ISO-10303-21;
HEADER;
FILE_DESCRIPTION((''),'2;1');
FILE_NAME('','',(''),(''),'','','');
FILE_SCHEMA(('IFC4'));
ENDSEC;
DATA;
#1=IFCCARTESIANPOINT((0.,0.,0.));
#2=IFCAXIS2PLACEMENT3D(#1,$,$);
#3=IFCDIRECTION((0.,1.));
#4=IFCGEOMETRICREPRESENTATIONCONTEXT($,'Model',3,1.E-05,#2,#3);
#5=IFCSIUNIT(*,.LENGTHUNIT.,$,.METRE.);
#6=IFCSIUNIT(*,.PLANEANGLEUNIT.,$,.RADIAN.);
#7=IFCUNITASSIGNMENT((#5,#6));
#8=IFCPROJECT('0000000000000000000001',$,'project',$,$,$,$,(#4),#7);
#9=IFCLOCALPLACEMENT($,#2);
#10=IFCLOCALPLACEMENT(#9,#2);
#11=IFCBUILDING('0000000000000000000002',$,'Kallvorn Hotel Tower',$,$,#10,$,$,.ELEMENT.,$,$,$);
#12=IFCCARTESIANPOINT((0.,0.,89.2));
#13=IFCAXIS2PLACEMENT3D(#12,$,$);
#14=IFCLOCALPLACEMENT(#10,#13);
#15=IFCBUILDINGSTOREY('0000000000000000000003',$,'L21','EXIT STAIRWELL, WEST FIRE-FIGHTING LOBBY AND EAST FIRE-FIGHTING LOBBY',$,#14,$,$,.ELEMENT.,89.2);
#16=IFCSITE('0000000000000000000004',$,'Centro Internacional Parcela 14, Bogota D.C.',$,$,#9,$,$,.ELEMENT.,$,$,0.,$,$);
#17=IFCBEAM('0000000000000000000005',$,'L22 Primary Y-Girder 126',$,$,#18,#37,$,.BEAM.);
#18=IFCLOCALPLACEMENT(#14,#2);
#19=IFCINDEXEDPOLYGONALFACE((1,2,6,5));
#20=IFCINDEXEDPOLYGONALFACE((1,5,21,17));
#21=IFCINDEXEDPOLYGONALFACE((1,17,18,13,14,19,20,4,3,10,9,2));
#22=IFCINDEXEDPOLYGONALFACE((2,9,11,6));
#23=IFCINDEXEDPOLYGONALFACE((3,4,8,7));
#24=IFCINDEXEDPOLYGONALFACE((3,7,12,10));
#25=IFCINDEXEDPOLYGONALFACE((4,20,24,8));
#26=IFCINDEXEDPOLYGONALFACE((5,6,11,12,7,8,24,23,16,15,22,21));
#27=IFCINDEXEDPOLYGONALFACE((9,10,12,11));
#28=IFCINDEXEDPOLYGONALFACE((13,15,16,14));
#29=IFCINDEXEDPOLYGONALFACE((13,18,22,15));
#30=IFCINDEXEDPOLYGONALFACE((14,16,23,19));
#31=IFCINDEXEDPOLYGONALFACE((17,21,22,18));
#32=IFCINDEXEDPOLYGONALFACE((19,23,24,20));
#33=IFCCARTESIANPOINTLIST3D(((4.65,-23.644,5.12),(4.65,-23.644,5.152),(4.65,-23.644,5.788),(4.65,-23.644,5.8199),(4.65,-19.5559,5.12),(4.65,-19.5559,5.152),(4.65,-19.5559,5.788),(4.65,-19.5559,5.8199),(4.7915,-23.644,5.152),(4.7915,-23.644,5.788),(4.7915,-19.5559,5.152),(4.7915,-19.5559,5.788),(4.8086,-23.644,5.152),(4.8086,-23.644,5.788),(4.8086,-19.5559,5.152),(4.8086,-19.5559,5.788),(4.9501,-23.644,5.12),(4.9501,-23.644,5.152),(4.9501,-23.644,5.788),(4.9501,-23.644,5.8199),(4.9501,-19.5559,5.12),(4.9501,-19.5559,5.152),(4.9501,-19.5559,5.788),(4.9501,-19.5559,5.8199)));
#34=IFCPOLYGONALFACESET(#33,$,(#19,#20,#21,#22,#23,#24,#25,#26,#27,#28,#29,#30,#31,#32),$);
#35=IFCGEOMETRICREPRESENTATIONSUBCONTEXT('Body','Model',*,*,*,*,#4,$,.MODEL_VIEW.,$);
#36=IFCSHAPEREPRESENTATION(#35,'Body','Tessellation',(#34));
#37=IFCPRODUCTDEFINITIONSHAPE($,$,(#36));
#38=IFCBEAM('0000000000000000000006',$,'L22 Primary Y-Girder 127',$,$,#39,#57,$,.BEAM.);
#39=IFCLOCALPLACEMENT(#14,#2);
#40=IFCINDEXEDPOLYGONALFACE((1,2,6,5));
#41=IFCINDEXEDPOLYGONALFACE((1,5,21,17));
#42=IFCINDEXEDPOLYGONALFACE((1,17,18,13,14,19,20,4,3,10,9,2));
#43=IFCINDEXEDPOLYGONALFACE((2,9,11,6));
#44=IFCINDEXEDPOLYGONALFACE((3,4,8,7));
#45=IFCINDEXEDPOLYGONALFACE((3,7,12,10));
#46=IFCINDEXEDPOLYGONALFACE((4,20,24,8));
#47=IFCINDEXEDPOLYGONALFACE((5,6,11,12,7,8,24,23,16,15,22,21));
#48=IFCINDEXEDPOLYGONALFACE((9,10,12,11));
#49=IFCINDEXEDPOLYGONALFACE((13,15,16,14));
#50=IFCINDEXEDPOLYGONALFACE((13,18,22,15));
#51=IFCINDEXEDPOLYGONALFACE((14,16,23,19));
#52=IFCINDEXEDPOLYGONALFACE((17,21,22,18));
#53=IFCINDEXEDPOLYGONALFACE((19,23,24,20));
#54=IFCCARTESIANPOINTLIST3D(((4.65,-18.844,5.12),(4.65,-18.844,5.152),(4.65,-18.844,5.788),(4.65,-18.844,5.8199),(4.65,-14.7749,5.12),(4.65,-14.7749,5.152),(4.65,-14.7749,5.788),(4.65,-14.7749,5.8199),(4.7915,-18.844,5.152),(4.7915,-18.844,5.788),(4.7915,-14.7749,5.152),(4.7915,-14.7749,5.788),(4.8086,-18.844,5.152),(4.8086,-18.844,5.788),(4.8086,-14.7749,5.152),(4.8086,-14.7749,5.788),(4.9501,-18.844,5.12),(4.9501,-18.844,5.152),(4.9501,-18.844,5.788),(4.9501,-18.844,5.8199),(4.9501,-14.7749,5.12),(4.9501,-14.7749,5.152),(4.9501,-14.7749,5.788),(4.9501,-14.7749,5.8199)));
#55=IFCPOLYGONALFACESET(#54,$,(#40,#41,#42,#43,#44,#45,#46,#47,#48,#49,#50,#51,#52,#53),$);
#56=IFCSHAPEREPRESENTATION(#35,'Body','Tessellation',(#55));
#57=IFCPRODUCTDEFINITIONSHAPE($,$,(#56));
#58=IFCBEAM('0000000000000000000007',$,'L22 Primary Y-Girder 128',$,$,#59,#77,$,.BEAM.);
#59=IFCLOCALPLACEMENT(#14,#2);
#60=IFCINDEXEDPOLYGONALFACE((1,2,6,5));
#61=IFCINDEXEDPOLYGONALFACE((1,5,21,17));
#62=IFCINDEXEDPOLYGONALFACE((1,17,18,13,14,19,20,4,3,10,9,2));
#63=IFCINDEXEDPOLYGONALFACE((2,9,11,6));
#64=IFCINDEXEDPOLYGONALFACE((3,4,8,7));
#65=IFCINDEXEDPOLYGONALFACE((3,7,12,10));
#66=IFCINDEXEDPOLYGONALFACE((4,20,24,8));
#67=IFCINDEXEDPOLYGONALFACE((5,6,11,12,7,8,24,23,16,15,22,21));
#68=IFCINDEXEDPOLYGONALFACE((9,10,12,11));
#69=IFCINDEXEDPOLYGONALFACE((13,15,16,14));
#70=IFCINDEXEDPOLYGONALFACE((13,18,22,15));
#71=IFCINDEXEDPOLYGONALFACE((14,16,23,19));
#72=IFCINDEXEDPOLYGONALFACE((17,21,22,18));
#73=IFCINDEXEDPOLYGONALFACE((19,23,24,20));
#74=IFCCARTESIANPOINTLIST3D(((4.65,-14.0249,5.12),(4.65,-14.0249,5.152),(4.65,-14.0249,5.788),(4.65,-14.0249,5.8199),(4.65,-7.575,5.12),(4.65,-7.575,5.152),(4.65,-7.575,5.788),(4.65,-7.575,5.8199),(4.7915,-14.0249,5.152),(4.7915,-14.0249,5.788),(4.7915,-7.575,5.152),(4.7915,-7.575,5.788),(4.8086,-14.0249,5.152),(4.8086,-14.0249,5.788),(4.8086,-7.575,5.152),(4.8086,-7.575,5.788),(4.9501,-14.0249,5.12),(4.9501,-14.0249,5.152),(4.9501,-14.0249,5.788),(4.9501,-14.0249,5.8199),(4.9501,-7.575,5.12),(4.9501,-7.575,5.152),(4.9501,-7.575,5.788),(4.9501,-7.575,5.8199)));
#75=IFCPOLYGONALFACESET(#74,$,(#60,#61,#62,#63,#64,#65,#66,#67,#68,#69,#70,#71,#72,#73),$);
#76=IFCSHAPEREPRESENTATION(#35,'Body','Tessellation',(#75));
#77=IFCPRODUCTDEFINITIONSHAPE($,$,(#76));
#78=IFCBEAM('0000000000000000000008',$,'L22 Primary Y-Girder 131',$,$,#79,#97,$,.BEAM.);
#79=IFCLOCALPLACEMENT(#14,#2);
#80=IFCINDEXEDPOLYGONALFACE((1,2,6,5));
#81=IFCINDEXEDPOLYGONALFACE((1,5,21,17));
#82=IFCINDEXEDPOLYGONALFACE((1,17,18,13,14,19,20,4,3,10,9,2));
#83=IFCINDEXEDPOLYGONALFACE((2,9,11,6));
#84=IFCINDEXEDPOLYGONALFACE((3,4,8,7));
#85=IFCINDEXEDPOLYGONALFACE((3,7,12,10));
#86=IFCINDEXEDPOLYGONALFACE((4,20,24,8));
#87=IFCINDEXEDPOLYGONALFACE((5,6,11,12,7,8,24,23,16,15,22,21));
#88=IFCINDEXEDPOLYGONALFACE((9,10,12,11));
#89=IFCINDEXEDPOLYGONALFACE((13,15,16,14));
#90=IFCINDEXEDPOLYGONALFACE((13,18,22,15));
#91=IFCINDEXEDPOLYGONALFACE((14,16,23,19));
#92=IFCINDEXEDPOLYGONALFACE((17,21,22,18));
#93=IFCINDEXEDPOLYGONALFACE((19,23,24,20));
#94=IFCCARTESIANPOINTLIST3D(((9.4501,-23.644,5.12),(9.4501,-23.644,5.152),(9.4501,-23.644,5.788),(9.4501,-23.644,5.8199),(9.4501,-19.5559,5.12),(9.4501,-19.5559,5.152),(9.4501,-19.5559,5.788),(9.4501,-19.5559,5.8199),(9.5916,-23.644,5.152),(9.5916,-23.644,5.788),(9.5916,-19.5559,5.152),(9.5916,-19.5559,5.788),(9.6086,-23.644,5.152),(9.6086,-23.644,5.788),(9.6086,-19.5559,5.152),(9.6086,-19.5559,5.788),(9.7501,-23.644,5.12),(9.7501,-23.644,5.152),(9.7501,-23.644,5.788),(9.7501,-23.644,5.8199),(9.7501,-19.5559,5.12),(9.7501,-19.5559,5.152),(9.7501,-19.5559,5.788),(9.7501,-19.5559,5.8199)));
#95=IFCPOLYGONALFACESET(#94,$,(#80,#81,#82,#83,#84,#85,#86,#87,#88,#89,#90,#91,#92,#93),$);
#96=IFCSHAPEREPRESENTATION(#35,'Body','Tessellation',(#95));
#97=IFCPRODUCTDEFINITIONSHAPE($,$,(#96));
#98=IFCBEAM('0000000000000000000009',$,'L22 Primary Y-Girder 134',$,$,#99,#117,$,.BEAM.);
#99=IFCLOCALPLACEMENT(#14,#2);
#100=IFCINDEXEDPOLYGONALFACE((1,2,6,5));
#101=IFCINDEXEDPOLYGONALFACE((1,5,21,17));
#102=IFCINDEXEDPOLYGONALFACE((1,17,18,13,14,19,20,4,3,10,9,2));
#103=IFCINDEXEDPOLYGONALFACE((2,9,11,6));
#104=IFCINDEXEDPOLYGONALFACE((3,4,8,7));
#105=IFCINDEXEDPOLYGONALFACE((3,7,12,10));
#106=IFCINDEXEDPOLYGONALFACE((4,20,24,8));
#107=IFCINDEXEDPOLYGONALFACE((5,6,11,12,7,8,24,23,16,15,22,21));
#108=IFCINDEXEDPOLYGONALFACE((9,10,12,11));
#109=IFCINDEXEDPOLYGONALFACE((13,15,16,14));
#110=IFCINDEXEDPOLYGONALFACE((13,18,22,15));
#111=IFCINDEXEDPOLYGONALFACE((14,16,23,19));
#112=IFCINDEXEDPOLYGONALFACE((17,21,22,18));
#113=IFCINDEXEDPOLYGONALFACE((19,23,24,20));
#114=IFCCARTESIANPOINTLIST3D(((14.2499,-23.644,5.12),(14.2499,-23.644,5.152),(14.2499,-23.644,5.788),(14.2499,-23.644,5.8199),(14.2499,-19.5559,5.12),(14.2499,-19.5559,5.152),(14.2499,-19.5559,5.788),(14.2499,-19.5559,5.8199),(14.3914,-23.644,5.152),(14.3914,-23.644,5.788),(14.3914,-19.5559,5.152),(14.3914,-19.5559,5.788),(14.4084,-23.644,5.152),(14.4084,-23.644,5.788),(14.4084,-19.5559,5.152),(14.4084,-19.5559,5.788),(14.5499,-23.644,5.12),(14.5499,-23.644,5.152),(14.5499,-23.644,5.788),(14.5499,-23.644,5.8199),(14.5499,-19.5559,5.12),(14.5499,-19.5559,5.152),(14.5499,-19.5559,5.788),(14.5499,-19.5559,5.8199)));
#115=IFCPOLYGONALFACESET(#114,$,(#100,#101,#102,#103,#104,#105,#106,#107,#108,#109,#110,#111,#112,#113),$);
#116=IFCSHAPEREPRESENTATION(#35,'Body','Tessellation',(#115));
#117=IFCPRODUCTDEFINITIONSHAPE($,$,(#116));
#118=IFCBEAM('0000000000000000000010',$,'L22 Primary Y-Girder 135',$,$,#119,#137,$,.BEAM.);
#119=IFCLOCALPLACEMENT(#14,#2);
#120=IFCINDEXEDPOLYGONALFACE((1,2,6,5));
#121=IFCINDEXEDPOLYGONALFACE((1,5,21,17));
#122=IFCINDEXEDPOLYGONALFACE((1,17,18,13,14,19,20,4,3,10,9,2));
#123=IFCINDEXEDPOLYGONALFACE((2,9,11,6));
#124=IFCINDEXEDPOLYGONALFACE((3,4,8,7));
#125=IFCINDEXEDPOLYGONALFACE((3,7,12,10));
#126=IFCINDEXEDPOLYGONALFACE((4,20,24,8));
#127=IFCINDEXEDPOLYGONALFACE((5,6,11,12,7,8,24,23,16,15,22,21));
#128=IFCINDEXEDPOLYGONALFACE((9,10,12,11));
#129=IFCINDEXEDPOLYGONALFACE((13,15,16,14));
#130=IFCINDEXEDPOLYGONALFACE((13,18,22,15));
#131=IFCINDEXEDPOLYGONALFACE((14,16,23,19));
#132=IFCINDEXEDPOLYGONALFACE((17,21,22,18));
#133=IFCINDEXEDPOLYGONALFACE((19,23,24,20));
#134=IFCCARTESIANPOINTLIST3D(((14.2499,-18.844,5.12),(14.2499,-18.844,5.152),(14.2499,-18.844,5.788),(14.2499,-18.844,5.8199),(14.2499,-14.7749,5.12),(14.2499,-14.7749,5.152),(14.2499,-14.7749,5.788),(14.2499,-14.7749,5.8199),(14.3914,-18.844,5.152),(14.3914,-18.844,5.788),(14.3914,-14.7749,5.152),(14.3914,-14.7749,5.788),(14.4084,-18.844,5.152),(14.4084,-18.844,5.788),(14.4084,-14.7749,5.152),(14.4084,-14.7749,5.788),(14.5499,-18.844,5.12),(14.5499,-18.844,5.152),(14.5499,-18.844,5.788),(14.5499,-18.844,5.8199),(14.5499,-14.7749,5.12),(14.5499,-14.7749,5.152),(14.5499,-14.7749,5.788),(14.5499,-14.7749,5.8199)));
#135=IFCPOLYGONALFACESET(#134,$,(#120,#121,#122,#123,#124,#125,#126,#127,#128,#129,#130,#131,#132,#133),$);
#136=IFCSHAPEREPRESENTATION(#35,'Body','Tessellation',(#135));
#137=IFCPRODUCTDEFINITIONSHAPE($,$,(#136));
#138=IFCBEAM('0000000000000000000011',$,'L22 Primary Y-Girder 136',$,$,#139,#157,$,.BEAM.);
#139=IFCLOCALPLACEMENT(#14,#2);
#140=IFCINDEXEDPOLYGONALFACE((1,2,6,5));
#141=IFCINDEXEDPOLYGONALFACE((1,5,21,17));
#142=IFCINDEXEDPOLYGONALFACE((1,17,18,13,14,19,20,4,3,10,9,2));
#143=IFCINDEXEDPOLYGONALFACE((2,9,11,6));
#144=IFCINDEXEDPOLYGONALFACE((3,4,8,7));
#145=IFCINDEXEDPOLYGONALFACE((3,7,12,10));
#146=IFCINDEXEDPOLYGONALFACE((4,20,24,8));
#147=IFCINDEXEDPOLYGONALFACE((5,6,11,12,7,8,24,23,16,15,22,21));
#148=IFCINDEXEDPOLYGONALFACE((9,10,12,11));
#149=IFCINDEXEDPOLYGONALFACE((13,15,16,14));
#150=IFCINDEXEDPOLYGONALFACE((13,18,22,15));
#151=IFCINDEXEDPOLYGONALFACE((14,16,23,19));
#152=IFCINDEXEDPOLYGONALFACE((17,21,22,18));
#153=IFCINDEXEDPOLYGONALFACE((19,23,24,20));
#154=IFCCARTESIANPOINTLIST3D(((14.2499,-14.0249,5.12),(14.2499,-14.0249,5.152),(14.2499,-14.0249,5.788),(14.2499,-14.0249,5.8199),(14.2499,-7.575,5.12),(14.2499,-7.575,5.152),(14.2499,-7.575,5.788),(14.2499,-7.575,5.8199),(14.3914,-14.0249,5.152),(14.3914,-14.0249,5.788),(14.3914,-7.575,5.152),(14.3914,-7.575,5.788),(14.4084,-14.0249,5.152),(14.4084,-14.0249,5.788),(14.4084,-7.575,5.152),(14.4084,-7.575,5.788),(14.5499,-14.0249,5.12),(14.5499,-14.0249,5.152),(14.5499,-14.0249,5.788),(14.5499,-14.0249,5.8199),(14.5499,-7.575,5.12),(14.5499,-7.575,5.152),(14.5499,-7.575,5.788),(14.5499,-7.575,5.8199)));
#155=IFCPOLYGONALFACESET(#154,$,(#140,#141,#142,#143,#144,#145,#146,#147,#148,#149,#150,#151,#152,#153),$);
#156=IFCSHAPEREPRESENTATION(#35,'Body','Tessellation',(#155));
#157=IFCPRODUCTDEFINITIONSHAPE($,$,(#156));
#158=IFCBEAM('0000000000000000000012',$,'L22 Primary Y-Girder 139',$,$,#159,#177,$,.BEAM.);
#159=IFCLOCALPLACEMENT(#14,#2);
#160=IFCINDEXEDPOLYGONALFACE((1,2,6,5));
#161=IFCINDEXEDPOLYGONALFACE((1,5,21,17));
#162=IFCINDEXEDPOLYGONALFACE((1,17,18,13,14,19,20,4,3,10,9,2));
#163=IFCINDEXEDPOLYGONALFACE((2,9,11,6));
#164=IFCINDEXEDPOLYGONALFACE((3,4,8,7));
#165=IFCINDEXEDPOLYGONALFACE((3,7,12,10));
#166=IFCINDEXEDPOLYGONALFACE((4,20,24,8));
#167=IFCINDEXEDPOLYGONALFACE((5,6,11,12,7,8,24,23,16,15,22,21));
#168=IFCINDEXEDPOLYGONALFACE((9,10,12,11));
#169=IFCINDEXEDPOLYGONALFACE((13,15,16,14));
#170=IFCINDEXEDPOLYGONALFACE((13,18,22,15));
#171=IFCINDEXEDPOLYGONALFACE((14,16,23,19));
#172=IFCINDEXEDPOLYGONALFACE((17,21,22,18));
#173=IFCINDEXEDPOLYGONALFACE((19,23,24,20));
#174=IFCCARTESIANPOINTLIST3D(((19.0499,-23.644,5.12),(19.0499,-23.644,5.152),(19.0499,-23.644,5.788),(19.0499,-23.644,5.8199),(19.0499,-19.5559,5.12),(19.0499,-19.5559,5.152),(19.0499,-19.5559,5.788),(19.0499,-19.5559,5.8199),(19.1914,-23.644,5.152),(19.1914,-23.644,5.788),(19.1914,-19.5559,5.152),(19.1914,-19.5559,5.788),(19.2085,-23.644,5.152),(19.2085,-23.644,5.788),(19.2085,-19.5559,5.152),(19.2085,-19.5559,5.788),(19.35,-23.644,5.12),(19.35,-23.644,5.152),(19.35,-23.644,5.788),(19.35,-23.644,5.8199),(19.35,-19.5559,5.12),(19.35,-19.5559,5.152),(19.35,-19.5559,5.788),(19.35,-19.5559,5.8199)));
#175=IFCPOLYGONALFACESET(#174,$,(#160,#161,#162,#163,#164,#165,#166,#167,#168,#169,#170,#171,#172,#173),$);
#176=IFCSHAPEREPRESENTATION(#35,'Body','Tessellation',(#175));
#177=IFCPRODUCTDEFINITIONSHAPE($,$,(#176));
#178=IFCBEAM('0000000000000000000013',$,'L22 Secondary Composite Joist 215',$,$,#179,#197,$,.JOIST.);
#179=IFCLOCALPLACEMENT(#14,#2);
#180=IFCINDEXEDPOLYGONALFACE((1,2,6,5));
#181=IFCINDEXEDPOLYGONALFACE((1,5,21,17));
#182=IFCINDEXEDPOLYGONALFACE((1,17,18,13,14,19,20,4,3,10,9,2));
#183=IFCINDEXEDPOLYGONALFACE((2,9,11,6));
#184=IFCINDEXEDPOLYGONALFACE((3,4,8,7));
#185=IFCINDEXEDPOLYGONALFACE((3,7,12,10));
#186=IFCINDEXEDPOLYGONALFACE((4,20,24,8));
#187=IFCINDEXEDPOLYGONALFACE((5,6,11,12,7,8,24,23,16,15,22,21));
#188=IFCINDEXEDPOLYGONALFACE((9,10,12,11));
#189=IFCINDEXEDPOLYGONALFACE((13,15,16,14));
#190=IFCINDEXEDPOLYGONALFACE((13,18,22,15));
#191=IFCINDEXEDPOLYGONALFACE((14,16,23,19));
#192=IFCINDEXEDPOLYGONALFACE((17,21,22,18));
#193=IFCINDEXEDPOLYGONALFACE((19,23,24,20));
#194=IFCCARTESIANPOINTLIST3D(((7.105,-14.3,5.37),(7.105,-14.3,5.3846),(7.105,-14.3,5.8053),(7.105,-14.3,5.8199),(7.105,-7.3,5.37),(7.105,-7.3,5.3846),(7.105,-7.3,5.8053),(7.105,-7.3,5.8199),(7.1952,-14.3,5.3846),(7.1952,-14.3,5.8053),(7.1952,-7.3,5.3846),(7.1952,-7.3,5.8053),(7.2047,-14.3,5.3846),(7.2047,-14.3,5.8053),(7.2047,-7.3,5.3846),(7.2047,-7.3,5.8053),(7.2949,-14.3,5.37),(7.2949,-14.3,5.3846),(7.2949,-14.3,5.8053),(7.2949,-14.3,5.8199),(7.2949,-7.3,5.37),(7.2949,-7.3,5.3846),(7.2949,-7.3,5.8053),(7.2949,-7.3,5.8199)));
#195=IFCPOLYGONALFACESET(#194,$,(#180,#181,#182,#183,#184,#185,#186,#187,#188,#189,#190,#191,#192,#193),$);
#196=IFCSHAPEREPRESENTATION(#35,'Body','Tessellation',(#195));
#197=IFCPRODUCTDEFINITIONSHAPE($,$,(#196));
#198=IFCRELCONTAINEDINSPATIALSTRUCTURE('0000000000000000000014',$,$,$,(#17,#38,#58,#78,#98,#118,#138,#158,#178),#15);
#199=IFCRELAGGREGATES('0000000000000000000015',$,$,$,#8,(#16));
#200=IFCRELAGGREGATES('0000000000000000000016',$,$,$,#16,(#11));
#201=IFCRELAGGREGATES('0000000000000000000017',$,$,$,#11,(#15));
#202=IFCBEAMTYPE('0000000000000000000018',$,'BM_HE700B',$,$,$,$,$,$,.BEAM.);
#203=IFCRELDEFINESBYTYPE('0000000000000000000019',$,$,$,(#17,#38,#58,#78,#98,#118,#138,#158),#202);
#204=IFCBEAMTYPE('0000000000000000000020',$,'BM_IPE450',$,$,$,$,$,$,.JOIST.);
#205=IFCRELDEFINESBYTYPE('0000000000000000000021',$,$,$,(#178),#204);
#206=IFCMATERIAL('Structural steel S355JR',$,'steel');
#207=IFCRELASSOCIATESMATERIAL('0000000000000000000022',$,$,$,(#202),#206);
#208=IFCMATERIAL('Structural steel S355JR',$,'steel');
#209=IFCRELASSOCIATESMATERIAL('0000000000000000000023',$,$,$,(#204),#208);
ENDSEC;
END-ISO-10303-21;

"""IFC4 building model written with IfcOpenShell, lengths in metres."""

from ifc_helpers import new_model, si_unit, direction, frame, origin, origin_2d, place, context, subcontext, project, spatial, i_section, extrude, material, material_profile, profile_set, type_object, element, save


model = new_model("IFC4")

# Units and contexts
model_context = context("Model", 3, precision=1e-05, world=origin(), true_north=direction((0.0, 1.0)))
body_context = subcontext(model_context, "Body", "Model", "MODEL_VIEW")
ifc_project = project(units=[si_unit("LENGTHUNIT", "METRE"), si_unit("PLANEANGLEUNIT", "RADIAN")], contexts=[model_context])

# Site, building, storey
site_placement = place(None, origin())
site = spatial("IfcSite", under=ifc_project, at=site_placement, Name="Centro Internacional Parcela 14, Bogota D.C.", CompositionType="ELEMENT", RefElevation=0.0)
building_placement = place(site_placement, origin())
building = spatial("IfcBuilding", under=site, at=building_placement, Name="Kallvorn Hotel Tower", CompositionType="ELEMENT")
storey_placement = place(building_placement, frame((0.0, 0.0, 89.2)))
storey = spatial("IfcBuildingStorey", under=building, at=storey_placement, Name="L21", Description="EXIT STAIRWELL, WEST FIRE-FIGHTING LOBBY AND EAST FIRE-FIGHTING LOBBY", CompositionType="ELEMENT", Elevation=89.2)

# Beams
ifc_material_1 = material(Name="Structural steel S355JR", Category="steel")
ifc_material_profile_1 = material_profile(ifc_material_1, i_section(OverallWidth=0.3, OverallDepth=0.7, WebThickness=0.0171, FlangeThickness=0.032, at=origin_2d()), Name="HE 700 B")
ifc_profile_set_1 = profile_set([ifc_material_profile_1], Name="Structural steel S355JR")
beam_type_1 = type_object("IfcBeamType", Name="BM_HE700B", PredefinedType="BEAM", material=ifc_profile_set_1)
beam_1_placement = place(storey_placement, frame((4.8, -23.644, 5.47), z_axis=(0.0, 1.0, 0.0), x_axis=(-1.0, 0.0, 0.0)))
element("IfcBeam", 1, at=beam_1_placement, inside=storey, type_object=beam_type_1, Name="L22 Primary Y-Girder 126", PredefinedType="BEAM", context=body_context, shape_type="SweptSolid", body=[
    extrude(i_section(OverallWidth=0.3, OverallDepth=0.7, WebThickness=0.0171, FlangeThickness=0.032, at=origin_2d()), origin(), (0.0, 0.0, 1.0), 4.0881),
])
beam_2_placement = place(storey_placement, frame((4.8, -18.844, 5.47), z_axis=(0.0, 1.0, 0.0), x_axis=(-1.0, 0.0, 0.0)))
element("IfcBeam", 2, at=beam_2_placement, inside=storey, type_object=beam_type_1, Name="L22 Primary Y-Girder 127", PredefinedType="BEAM", context=body_context, shape_type="SweptSolid", body=[
    extrude(i_section(OverallWidth=0.3, OverallDepth=0.7, WebThickness=0.0171, FlangeThickness=0.032, at=origin_2d()), origin(), (0.0, 0.0, 1.0), 4.0691),
])
beam_3_placement = place(storey_placement, frame((4.8, -14.0249, 5.47), z_axis=(0.0, 1.0, 0.0), x_axis=(-1.0, 0.0, 0.0)))
element("IfcBeam", 3, at=beam_3_placement, inside=storey, type_object=beam_type_1, Name="L22 Primary Y-Girder 128", PredefinedType="BEAM", context=body_context, shape_type="SweptSolid", body=[
    extrude(i_section(OverallWidth=0.3, OverallDepth=0.7, WebThickness=0.0171, FlangeThickness=0.032, at=origin_2d()), origin(), (0.0, 0.0, 1.0), 6.45),
])
for number, where, z_axis, x_axis, name in (
    (4, (9.6001, -23.644, 5.47), (0.0, 1.0, 0.0), (-1.0, 0.0, 0.0), "L22 Primary Y-Girder 131"),
    (5, (14.3999, -23.644, 5.47), (0.0, 1.0, 0.0), (-1.0, 0.0, 0.0), "L22 Primary Y-Girder 134"),
):
    element("IfcBeam", number, at=place(storey_placement, frame(where, z_axis=z_axis, x_axis=x_axis)), inside=storey, type_object=beam_type_1, Name=name, PredefinedType="BEAM", context=body_context, shape_type="SweptSolid", body=[
        extrude(i_section(OverallWidth=0.3, OverallDepth=0.7, WebThickness=0.0171, FlangeThickness=0.032, at=origin_2d()), origin(), (0.0, 0.0, 1.0), 4.0881),
    ])
beam_4_placement = place(storey_placement, frame((14.3999, -18.844, 5.47), z_axis=(0.0, 1.0, 0.0), x_axis=(-1.0, 0.0, 0.0)))
element("IfcBeam", 6, at=beam_4_placement, inside=storey, type_object=beam_type_1, Name="L22 Primary Y-Girder 135", PredefinedType="BEAM", context=body_context, shape_type="SweptSolid", body=[
    extrude(i_section(OverallWidth=0.3, OverallDepth=0.7, WebThickness=0.0171, FlangeThickness=0.032, at=origin_2d()), origin(), (0.0, 0.0, 1.0), 4.0691),
])
beam_5_placement = place(storey_placement, frame((14.3999, -14.0249, 5.47), z_axis=(0.0, 1.0, 0.0), x_axis=(-1.0, 0.0, 0.0)))
element("IfcBeam", 7, at=beam_5_placement, inside=storey, type_object=beam_type_1, Name="L22 Primary Y-Girder 136", PredefinedType="BEAM", context=body_context, shape_type="SweptSolid", body=[
    extrude(i_section(OverallWidth=0.3, OverallDepth=0.7, WebThickness=0.0171, FlangeThickness=0.032, at=origin_2d()), origin(), (0.0, 0.0, 1.0), 6.45),
])
beam_6_placement = place(storey_placement, frame((19.2, -23.644, 5.47), z_axis=(0.0, 1.0, 0.0), x_axis=(-1.0, 0.0, 0.0)))
element("IfcBeam", 8, at=beam_6_placement, inside=storey, type_object=beam_type_1, Name="L22 Primary Y-Girder 139", PredefinedType="BEAM", context=body_context, shape_type="SweptSolid", body=[
    extrude(i_section(OverallWidth=0.3, OverallDepth=0.7, WebThickness=0.0171, FlangeThickness=0.032, at=origin_2d()), origin(), (0.0, 0.0, 1.0), 4.0881),
])
ifc_material_2 = material(Name="Structural steel S355JR", Category="steel")
ifc_material_profile_2 = material_profile(ifc_material_2, i_section(OverallWidth=0.1899, OverallDepth=0.45, WebThickness=0.0095, FlangeThickness=0.0146, at=origin_2d()), Name="IPE 450")
ifc_profile_set_2 = profile_set([ifc_material_profile_2], Name="Structural steel S355JR")
beam_type_2 = type_object("IfcBeamType", Name="BM_IPE450", PredefinedType="JOIST", material=ifc_profile_set_2)
for number, where, z_axis, x_axis, name in (
    (9, (7.2, -14.3, 5.595), (0.0, 1.0, 0.0), (-1.0, 0.0, 0.0), "L22 Secondary Composite Joist 215"),
):
    element("IfcBeam", number, at=place(storey_placement, frame(where, z_axis=z_axis, x_axis=x_axis)), inside=storey, type_object=beam_type_2, Name=name, PredefinedType="JOIST", context=body_context, shape_type="SweptSolid", body=[
        extrude(i_section(OverallWidth=0.1899, OverallDepth=0.45, WebThickness=0.0095, FlangeThickness=0.0146, at=origin_2d()), origin(), (0.0, 0.0, 1.0), 7.0),
    ])

save(model, "model.ifc")
